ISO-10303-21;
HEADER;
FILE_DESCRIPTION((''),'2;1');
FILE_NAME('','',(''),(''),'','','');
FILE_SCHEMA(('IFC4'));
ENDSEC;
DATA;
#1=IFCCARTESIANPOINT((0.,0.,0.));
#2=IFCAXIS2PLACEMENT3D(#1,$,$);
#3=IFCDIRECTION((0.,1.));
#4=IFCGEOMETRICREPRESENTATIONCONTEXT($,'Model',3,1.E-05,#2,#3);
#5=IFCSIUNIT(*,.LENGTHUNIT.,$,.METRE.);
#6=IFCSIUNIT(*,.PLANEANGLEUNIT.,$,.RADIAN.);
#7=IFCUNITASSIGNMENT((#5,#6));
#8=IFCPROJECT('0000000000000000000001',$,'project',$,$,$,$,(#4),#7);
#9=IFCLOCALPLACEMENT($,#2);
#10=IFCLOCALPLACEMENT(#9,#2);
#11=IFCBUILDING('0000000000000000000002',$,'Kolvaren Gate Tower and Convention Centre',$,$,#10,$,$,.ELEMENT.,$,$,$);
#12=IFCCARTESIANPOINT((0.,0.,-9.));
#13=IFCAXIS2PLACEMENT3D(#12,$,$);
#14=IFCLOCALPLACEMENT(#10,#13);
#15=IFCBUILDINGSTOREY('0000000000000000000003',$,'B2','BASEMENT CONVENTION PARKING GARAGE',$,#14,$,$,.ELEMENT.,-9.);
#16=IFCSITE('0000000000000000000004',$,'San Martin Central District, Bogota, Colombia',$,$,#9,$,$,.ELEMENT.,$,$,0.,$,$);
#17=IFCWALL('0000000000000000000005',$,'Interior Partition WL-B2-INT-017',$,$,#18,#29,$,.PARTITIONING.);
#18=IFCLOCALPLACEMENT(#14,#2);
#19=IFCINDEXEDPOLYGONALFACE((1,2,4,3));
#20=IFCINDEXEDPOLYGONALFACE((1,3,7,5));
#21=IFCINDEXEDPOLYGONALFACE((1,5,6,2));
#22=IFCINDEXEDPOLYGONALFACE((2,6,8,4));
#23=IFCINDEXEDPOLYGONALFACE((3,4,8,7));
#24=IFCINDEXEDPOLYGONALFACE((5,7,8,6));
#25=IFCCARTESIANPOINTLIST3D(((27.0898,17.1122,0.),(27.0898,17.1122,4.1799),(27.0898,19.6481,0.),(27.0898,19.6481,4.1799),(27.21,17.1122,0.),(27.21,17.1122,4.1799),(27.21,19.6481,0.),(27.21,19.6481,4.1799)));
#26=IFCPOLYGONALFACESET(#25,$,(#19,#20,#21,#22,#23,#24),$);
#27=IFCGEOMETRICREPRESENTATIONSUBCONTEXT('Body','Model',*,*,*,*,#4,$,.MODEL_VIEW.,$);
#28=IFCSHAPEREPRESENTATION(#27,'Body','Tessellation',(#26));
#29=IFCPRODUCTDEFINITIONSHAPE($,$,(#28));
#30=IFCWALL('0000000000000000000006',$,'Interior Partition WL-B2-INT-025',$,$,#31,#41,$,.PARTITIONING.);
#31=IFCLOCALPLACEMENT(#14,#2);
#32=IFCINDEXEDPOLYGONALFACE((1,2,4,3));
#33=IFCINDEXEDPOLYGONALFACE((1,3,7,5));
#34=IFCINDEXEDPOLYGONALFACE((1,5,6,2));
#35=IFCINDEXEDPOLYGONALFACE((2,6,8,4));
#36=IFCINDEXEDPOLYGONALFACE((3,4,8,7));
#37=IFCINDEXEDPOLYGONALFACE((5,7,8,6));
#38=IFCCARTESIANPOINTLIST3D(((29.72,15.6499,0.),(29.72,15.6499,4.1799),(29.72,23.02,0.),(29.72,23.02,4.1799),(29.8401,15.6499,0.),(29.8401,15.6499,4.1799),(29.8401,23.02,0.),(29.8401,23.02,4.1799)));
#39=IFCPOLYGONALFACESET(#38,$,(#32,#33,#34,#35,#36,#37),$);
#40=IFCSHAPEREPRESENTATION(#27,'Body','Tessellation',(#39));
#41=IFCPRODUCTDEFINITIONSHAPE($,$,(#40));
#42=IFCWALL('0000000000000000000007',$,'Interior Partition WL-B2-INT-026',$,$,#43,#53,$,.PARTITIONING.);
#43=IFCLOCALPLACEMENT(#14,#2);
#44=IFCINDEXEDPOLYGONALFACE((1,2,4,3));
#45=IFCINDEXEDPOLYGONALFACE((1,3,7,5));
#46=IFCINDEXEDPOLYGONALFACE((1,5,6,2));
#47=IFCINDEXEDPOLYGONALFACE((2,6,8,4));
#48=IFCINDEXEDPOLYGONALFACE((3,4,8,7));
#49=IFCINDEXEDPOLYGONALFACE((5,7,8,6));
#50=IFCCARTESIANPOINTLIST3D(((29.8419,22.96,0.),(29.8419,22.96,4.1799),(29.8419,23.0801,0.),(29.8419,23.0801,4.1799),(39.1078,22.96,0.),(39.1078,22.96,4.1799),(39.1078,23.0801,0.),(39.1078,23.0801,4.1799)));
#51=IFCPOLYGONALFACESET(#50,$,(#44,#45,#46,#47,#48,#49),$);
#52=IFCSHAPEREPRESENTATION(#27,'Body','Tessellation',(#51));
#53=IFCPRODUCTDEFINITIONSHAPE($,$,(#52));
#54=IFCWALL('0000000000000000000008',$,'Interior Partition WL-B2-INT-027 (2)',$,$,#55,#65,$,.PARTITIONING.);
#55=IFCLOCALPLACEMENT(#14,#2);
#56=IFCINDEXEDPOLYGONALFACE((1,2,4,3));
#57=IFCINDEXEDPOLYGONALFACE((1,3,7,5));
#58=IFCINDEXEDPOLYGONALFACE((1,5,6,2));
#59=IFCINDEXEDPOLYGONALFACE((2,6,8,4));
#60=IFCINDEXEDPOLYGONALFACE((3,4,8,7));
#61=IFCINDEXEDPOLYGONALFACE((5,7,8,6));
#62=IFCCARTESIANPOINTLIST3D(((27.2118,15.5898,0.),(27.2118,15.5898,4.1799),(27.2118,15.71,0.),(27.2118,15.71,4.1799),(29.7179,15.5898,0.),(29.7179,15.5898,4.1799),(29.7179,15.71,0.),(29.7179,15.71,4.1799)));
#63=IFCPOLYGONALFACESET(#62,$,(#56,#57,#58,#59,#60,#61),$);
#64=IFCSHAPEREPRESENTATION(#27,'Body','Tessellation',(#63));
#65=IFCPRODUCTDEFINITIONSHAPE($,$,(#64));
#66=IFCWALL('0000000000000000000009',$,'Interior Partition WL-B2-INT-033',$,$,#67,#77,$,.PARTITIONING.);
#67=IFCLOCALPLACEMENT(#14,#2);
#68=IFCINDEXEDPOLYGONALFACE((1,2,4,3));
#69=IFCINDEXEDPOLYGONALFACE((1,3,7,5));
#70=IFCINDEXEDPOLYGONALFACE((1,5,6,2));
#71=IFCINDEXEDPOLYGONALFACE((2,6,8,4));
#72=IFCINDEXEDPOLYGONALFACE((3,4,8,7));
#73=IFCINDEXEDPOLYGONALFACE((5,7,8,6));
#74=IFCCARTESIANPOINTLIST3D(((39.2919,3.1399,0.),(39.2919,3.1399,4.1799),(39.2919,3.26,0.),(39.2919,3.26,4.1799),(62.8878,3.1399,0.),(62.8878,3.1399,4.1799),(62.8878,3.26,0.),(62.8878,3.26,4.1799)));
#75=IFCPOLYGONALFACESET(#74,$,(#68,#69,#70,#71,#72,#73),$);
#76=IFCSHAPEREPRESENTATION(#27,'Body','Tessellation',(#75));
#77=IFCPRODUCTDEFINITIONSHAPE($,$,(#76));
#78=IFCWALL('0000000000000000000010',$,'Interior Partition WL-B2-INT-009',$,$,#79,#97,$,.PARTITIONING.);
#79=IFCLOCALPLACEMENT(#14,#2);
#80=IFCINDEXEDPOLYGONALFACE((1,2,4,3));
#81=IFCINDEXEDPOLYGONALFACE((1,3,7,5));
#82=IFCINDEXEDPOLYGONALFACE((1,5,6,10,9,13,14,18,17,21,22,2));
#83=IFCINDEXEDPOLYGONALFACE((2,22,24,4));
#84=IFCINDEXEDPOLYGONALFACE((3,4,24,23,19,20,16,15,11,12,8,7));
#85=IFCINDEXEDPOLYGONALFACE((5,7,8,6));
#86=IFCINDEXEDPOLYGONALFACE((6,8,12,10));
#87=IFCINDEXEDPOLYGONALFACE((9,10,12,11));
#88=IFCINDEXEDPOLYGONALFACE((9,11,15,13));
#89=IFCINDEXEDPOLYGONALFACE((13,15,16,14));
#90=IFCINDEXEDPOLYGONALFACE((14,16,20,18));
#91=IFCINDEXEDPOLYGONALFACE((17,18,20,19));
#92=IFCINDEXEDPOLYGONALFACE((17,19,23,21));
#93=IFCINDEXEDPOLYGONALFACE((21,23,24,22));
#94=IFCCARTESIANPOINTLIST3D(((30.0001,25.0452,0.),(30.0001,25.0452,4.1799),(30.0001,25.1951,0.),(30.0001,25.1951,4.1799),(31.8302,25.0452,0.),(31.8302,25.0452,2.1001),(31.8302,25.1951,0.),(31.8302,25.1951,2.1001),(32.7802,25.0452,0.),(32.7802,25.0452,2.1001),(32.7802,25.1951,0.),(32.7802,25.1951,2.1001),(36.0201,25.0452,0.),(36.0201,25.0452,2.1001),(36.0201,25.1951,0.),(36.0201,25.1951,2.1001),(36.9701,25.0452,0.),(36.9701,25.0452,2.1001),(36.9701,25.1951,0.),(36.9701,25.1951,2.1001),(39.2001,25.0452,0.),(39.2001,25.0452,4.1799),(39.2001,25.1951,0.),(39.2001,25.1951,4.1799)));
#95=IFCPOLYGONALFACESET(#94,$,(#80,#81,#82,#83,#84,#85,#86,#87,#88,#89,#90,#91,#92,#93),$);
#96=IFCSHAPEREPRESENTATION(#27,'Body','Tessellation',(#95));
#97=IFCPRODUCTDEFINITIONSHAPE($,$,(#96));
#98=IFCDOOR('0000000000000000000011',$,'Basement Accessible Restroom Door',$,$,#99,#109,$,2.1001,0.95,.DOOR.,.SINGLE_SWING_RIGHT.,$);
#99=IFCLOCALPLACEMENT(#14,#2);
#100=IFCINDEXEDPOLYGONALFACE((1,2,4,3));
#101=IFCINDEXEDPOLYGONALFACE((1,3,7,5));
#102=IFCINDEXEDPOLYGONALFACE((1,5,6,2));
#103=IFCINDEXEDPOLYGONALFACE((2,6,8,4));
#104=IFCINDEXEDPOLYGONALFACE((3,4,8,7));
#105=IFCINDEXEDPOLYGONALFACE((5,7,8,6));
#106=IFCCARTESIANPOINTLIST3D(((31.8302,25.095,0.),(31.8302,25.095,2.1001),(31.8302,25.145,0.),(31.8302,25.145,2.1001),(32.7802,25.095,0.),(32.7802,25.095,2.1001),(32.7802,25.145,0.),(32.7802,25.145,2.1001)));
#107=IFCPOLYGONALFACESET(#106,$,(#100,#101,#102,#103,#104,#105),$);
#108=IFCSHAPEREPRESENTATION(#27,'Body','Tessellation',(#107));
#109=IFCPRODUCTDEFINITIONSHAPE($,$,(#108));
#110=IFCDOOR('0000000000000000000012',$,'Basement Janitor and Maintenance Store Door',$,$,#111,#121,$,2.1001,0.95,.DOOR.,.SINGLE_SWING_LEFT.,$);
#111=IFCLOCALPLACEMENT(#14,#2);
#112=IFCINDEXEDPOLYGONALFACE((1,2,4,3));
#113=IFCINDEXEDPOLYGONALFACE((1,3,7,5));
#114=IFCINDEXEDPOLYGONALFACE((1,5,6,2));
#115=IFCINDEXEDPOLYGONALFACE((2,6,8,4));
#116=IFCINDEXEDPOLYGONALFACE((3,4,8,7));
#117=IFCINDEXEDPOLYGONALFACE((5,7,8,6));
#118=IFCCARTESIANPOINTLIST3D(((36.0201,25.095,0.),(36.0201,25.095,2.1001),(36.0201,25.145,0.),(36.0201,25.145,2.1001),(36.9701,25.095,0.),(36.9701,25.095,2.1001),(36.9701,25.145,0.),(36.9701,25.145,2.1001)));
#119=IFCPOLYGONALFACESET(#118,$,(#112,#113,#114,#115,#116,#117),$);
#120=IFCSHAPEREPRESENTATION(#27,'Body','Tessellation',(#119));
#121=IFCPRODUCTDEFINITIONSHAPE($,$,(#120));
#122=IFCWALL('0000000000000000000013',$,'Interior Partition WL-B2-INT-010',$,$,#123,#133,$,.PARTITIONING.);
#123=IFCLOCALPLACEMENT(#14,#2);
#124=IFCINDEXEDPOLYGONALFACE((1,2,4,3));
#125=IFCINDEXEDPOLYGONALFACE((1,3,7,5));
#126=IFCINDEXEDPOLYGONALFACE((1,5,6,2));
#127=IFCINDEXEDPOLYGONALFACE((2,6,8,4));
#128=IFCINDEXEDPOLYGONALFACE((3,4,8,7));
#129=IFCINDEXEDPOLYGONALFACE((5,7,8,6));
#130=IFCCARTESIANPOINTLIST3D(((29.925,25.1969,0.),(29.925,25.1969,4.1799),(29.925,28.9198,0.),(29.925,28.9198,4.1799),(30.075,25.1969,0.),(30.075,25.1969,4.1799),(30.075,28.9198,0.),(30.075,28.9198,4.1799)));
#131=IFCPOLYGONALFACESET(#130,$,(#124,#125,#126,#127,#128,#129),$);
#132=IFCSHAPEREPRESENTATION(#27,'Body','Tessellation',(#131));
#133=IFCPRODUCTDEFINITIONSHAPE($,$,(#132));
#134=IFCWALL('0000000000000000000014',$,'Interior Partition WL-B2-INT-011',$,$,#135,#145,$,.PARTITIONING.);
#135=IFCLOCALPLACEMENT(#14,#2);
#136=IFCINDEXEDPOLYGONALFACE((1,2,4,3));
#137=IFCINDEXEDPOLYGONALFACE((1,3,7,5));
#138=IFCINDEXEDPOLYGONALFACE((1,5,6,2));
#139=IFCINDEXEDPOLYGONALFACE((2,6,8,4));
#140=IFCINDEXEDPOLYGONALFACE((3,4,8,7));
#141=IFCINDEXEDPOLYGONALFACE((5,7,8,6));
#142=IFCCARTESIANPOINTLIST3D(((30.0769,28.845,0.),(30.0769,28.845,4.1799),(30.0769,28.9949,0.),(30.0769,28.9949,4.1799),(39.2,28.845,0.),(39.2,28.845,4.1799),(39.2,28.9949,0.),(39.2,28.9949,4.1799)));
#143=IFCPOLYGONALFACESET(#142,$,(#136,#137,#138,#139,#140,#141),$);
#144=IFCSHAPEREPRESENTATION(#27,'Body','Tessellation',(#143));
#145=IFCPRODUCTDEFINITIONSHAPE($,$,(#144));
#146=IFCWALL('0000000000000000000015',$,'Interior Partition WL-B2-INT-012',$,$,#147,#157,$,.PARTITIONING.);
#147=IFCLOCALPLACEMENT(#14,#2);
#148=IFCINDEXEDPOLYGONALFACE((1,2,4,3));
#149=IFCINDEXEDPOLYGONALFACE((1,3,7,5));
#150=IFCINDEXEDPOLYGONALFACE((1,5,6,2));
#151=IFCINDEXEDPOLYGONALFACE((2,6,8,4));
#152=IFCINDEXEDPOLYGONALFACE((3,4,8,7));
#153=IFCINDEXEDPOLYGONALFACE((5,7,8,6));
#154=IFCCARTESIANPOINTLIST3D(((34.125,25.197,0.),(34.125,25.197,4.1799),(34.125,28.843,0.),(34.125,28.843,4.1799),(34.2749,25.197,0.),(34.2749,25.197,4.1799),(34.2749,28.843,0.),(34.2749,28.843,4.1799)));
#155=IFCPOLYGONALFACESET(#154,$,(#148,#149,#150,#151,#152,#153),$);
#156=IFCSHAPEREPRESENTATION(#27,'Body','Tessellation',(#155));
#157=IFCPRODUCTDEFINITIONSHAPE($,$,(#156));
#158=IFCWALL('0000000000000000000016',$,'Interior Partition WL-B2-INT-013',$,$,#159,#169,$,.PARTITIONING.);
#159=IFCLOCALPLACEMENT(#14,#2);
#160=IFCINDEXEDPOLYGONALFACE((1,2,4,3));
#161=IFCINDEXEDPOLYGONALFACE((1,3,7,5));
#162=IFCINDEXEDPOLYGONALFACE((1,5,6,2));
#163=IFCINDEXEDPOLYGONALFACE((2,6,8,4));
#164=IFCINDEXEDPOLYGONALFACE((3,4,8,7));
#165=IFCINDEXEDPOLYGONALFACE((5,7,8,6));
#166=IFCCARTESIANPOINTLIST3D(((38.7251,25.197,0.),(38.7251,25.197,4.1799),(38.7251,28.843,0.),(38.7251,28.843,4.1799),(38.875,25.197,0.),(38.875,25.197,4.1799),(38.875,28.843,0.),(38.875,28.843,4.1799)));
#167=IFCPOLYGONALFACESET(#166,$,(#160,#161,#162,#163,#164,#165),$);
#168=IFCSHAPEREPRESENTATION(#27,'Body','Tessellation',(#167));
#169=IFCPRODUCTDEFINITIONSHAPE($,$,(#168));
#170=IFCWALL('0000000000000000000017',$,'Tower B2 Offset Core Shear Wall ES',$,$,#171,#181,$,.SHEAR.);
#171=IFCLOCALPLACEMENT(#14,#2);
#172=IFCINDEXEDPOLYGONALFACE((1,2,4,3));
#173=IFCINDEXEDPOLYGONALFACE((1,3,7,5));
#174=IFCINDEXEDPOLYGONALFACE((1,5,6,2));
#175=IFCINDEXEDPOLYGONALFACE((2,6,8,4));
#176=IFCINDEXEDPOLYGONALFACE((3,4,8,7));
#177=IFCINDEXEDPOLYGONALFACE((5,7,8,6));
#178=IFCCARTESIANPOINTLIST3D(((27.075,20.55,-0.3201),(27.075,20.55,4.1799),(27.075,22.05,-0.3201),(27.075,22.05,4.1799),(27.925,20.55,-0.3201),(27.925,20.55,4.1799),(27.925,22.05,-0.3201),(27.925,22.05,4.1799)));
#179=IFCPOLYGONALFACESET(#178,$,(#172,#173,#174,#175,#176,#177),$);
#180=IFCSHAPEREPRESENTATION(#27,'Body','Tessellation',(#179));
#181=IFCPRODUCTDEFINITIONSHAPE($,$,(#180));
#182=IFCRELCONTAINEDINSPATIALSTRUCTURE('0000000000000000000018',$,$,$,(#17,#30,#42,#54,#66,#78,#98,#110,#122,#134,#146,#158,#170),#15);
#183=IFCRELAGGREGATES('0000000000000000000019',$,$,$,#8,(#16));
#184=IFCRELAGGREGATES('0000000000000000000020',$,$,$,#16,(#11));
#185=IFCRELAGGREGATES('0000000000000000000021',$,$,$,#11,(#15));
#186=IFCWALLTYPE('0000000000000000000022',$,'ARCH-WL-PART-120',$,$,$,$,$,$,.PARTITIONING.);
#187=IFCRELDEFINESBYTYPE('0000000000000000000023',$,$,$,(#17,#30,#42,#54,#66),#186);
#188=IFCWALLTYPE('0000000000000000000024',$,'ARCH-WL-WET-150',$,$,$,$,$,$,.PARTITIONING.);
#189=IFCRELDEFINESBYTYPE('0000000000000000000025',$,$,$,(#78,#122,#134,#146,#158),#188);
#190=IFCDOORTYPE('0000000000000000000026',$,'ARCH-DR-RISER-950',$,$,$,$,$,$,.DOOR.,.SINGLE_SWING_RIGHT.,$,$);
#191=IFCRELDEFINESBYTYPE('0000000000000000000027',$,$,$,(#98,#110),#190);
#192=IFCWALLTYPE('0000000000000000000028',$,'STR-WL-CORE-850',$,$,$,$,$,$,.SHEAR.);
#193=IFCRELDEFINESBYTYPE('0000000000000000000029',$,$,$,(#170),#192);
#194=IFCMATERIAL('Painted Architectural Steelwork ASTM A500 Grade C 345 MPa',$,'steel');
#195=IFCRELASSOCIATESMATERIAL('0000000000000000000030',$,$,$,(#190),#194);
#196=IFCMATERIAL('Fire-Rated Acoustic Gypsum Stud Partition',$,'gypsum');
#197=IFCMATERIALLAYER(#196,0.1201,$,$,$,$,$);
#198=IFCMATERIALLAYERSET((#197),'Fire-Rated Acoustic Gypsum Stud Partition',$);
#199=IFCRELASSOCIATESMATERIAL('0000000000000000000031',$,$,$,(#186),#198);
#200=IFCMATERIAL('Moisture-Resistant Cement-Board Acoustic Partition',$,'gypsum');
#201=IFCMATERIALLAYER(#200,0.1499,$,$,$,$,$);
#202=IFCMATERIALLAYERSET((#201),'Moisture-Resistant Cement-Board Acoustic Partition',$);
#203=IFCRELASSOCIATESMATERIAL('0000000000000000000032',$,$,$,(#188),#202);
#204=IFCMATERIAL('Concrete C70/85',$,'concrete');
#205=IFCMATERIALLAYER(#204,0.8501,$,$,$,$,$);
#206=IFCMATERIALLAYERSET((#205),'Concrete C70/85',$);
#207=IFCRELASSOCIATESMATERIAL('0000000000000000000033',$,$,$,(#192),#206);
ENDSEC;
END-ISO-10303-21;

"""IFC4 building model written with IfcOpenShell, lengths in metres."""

from ifc_helpers import new_model, si_unit, direction, frame, frame_2d, origin, place, context, subcontext, project, spatial, rectangle, extrude, material, layer, layer_set, type_object, element, fill, save


model = new_model("IFC4")

# Units and contexts
model_context = context("Model", 3, precision=1e-05, world=origin(), true_north=direction((0.0, 1.0)))
body_context = subcontext(model_context, "Body", "Model", "MODEL_VIEW")
ifc_project = project(units=[si_unit("LENGTHUNIT", "METRE"), si_unit("PLANEANGLEUNIT", "RADIAN")], contexts=[model_context])

# Site, building, storey
site_placement = place(None, origin())
site = spatial("IfcSite", under=ifc_project, at=site_placement, Name="San Martin Central District, Bogota, Colombia", CompositionType="ELEMENT", RefElevation=0.0)
building_placement = place(site_placement, origin())
building = spatial("IfcBuilding", under=site, at=building_placement, Name="Kolvaren Gate Tower and Convention Centre", CompositionType="ELEMENT")
storey_placement = place(building_placement, frame((0.0, 0.0, -9.0)))
storey = spatial("IfcBuildingStorey", under=building, at=storey_placement, Name="B2", Description="BASEMENT CONVENTION PARKING GARAGE", CompositionType="ELEMENT", Elevation=-9.0)

# Shared definitions
ifc_material_1 = material(Name="Concrete C70/85", Category="concrete")

# Shared definitions
ifc_material_2 = material(Name="Painted Architectural Steelwork ASTM A500 Grade C 345 MPa", Category="steel")
door_type_1 = type_object("IfcDoorType", Name="ARCH-DR-RISER-950", OperationType="SINGLE_SWING_RIGHT", PredefinedType="DOOR", material=ifc_material_2)

# Walls
ifc_material_3 = material(Name="Fire-Rated Acoustic Gypsum Stud Partition", Category="gypsum")
ifc_layer_1 = layer(ifc_material_3, 0.1201)
ifc_layer_set_1 = layer_set([ifc_layer_1], Name="Fire-Rated Acoustic Gypsum Stud Partition")
wall_type_1 = type_object("IfcWallType", Name="ARCH-WL-PART-120", PredefinedType="PARTITIONING", material=ifc_layer_set_1)
wall_1_placement = place(storey_placement, frame((27.1499, 17.1121, 0.0), z_axis=(0.0, 0.0, 1.0), x_axis=(0.0, 1.0, 0.0)))
element("IfcWall", 1, at=wall_1_placement, inside=storey, type_object=wall_type_1, Name="Interior Partition WL-B2-INT-017", PredefinedType="PARTITIONING", context=body_context, shape_type="SweptSolid", body=[
    extrude(rectangle(XDim=2.5359, YDim=0.1201, at=frame_2d((1.2681, 0.0))), origin(), (0.0, 0.0, 1.0), 4.1799),
])
wall_2_placement = place(storey_placement, frame((29.78, 15.6499, 0.0), z_axis=(0.0, 0.0, 1.0), x_axis=(0.0, 1.0, 0.0)))
element("IfcWall", 2, at=wall_2_placement, inside=storey, type_object=wall_type_1, Name="Interior Partition WL-B2-INT-025", PredefinedType="PARTITIONING", context=body_context, shape_type="SweptSolid", body=[
    extrude(rectangle(XDim=7.3701, YDim=0.1201, at=frame_2d((3.6851, 0.0))), origin(), (0.0, 0.0, 1.0), 4.1799),
])
wall_3_placement = place(storey_placement, frame((29.842, 23.02, 0.0), z_axis=(0.0, 0.0, 1.0), x_axis=(1.0, 0.0, 0.0)))
element("IfcWall", 3, at=wall_3_placement, inside=storey, type_object=wall_type_1, Name="Interior Partition WL-B2-INT-026", PredefinedType="PARTITIONING", context=body_context, shape_type="SweptSolid", body=[
    extrude(rectangle(XDim=9.2659, YDim=0.1201, at=frame_2d((4.6328, 0.0))), origin(), (0.0, 0.0, 1.0), 4.1799),
])
wall_4_placement = place(storey_placement, frame((27.2119, 15.6499, 0.0), z_axis=(0.0, 0.0, 1.0), x_axis=(1.0, 0.0, 0.0)))
element("IfcWall", 4, at=wall_4_placement, inside=storey, type_object=wall_type_1, Name="Interior Partition WL-B2-INT-027 (2)", PredefinedType="PARTITIONING", context=body_context, shape_type="SweptSolid", body=[
    extrude(rectangle(XDim=2.5061, YDim=0.1201, at=frame_2d((1.2529, 0.0))), origin(), (0.0, 0.0, 1.0), 4.1799),
])
wall_5_placement = place(storey_placement, frame((39.292, 3.2, 0.0), z_axis=(0.0, 0.0, 1.0), x_axis=(1.0, 0.0, 0.0)))
element("IfcWall", 5, at=wall_5_placement, inside=storey, type_object=wall_type_1, Name="Interior Partition WL-B2-INT-033", PredefinedType="PARTITIONING", context=body_context, shape_type="SweptSolid", body=[
    extrude(rectangle(XDim=23.5959, YDim=0.1201, at=frame_2d((11.7979, 0.0))), origin(), (0.0, 0.0, 1.0), 4.1799),
])

# Wall, openings, doors
ifc_material_4 = material(Name="Moisture-Resistant Cement-Board Acoustic Partition", Category="gypsum")
ifc_layer_2 = layer(ifc_material_4, 0.1499)
ifc_layer_set_2 = layer_set([ifc_layer_2], Name="Moisture-Resistant Cement-Board Acoustic Partition")
wall_type_2 = type_object("IfcWallType", Name="ARCH-WL-WET-150", PredefinedType="PARTITIONING", material=ifc_layer_set_2)
wall_6_placement = place(storey_placement, frame((30.0, 25.1201, 0.0), z_axis=(0.0, 0.0, 1.0), x_axis=(1.0, 0.0, 0.0)))
wall_6 = element("IfcWall", 6, at=wall_6_placement, inside=storey, type_object=wall_type_2, Name="Interior Partition WL-B2-INT-009", PredefinedType="PARTITIONING", context=body_context, shape_type="SweptSolid", body=[
    extrude(rectangle(XDim=9.2, YDim=0.1499, at=frame_2d((4.6001, 0.0))), origin(), (0.0, 0.0, 1.0), 4.1799),
])
opening_1_placement = place(wall_6_placement, frame((1.8301, 0.0, 0.0)))
opening_1 = element("IfcOpeningElement", 7, at=opening_1_placement, cuts=wall_6, PredefinedType="OPENING", context=body_context, shape_type="SweptSolid", body=[
    extrude(rectangle(XDim=0.95, YDim=2.1001, at=frame_2d((0.4751, 1.05))), frame((0.0, 0.085, 0.0), z_axis=(0.0, -1.0, 0.0), x_axis=(1.0, 0.0, 0.0)), (0.0, 0.0, 1.0), 0.1699),
])
opening_2_placement = place(wall_6_placement, frame((6.02, 0.0, 0.0)))
opening_2 = element("IfcOpeningElement", 8, at=opening_2_placement, cuts=wall_6, PredefinedType="OPENING", context=body_context, shape_type="SweptSolid", body=[
    extrude(rectangle(XDim=0.95, YDim=2.1001, at=frame_2d((0.4751, 1.05))), frame((0.0, 0.085, 0.0), z_axis=(0.0, -1.0, 0.0), x_axis=(1.0, 0.0, 0.0)), (0.0, 0.0, 1.0), 0.1699),
])
door_1_placement = place(opening_1_placement, origin())
door_1 = element("IfcDoor", 9, at=door_1_placement, inside=storey, type_object=door_type_1, Name="Basement Accessible Restroom Door", OperationType="SINGLE_SWING_RIGHT", OverallHeight=2.1001, OverallWidth=0.95, PredefinedType="DOOR", context=body_context, shape_type="SweptSolid", body=[
    extrude(rectangle(XDim=0.95, YDim=2.1001, at=frame_2d((0.4751, 1.05))), frame((0.0, 0.0249, 0.0), z_axis=(0.0, -1.0, 0.0), x_axis=(1.0, 0.0, 0.0)), (0.0, 0.0, 1.0), 0.05),
])
fill(opening_1, door_1)
door_2_placement = place(opening_2_placement, origin())
door_2 = element("IfcDoor", 10, at=door_2_placement, inside=storey, type_object=door_type_1, Name="Basement Janitor and Maintenance Store Door", OperationType="SINGLE_SWING_LEFT", OverallHeight=2.1001, OverallWidth=0.95, PredefinedType="DOOR", context=body_context, shape_type="SweptSolid", body=[
    extrude(rectangle(XDim=0.95, YDim=2.1001, at=frame_2d((0.4751, 1.05))), frame((0.0, 0.0249, 0.0), z_axis=(0.0, -1.0, 0.0), x_axis=(1.0, 0.0, 0.0)), (0.0, 0.0, 1.0), 0.05),
])
fill(opening_2, door_2)

# Walls
wall_7_placement = place(storey_placement, frame((30.0, 25.197, 0.0), z_axis=(0.0, 0.0, 1.0), x_axis=(0.0, 1.0, 0.0)))
element("IfcWall", 11, at=wall_7_placement, inside=storey, type_object=wall_type_2, Name="Interior Partition WL-B2-INT-010", PredefinedType="PARTITIONING", context=body_context, shape_type="SweptSolid", body=[
    extrude(rectangle(XDim=3.7229, YDim=0.1499, at=frame_2d((1.8613, 0.0))), origin(), (0.0, 0.0, 1.0), 4.1799),
])
wall_8_placement = place(storey_placement, frame((30.0769, 28.9199, 0.0), z_axis=(0.0, 0.0, 1.0), x_axis=(1.0, 0.0, 0.0)))
element("IfcWall", 12, at=wall_8_placement, inside=storey, type_object=wall_type_2, Name="Interior Partition WL-B2-INT-011", PredefinedType="PARTITIONING", context=body_context, shape_type="SweptSolid", body=[
    extrude(rectangle(XDim=9.123, YDim=0.1499, at=frame_2d((4.5615, 0.0))), origin(), (0.0, 0.0, 1.0), 4.1799),
])
for number, where, z_axis, x_axis, name in (
    (13, (34.2, 25.197, 0.0), (0.0, 0.0, 1.0), (0.0, 1.0, 0.0), "Interior Partition WL-B2-INT-012"),
    (14, (38.8, 25.197, 0.0), (0.0, 0.0, 1.0), (0.0, 1.0, 0.0), "Interior Partition WL-B2-INT-013"),
):
    element("IfcWall", number, at=place(storey_placement, frame(where, z_axis=z_axis, x_axis=x_axis)), inside=storey, type_object=wall_type_2, Name=name, PredefinedType="PARTITIONING", context=body_context, shape_type="SweptSolid", body=[
        extrude(rectangle(XDim=3.646, YDim=0.1499, at=frame_2d((1.823, 0.0))), origin(), (0.0, 0.0, 1.0), 4.1799),
    ])
ifc_layer_3 = layer(ifc_material_1, 0.8501)
ifc_layer_set_3 = layer_set([ifc_layer_3], Name="Concrete C70/85")
wall_type_3 = type_object("IfcWallType", Name="STR-WL-CORE-850", PredefinedType="SHEAR", material=ifc_layer_set_3)
wall_9_placement = place(storey_placement, frame((27.5, 20.55, -0.3201), z_axis=(0.0, 0.0, 1.0), x_axis=(0.0, 1.0, 0.0)))
element("IfcWall", 15, at=wall_9_placement, inside=storey, type_object=wall_type_3, Name="Tower B2 Offset Core Shear Wall ES", PredefinedType="SHEAR", context=body_context, shape_type="SweptSolid", body=[
    extrude(rectangle(XDim=1.5, YDim=0.8501, at=frame_2d((0.75, 0.0))), origin(), (0.0, 0.0, 1.0), 4.5),
])

save(model, "model.ifc")
